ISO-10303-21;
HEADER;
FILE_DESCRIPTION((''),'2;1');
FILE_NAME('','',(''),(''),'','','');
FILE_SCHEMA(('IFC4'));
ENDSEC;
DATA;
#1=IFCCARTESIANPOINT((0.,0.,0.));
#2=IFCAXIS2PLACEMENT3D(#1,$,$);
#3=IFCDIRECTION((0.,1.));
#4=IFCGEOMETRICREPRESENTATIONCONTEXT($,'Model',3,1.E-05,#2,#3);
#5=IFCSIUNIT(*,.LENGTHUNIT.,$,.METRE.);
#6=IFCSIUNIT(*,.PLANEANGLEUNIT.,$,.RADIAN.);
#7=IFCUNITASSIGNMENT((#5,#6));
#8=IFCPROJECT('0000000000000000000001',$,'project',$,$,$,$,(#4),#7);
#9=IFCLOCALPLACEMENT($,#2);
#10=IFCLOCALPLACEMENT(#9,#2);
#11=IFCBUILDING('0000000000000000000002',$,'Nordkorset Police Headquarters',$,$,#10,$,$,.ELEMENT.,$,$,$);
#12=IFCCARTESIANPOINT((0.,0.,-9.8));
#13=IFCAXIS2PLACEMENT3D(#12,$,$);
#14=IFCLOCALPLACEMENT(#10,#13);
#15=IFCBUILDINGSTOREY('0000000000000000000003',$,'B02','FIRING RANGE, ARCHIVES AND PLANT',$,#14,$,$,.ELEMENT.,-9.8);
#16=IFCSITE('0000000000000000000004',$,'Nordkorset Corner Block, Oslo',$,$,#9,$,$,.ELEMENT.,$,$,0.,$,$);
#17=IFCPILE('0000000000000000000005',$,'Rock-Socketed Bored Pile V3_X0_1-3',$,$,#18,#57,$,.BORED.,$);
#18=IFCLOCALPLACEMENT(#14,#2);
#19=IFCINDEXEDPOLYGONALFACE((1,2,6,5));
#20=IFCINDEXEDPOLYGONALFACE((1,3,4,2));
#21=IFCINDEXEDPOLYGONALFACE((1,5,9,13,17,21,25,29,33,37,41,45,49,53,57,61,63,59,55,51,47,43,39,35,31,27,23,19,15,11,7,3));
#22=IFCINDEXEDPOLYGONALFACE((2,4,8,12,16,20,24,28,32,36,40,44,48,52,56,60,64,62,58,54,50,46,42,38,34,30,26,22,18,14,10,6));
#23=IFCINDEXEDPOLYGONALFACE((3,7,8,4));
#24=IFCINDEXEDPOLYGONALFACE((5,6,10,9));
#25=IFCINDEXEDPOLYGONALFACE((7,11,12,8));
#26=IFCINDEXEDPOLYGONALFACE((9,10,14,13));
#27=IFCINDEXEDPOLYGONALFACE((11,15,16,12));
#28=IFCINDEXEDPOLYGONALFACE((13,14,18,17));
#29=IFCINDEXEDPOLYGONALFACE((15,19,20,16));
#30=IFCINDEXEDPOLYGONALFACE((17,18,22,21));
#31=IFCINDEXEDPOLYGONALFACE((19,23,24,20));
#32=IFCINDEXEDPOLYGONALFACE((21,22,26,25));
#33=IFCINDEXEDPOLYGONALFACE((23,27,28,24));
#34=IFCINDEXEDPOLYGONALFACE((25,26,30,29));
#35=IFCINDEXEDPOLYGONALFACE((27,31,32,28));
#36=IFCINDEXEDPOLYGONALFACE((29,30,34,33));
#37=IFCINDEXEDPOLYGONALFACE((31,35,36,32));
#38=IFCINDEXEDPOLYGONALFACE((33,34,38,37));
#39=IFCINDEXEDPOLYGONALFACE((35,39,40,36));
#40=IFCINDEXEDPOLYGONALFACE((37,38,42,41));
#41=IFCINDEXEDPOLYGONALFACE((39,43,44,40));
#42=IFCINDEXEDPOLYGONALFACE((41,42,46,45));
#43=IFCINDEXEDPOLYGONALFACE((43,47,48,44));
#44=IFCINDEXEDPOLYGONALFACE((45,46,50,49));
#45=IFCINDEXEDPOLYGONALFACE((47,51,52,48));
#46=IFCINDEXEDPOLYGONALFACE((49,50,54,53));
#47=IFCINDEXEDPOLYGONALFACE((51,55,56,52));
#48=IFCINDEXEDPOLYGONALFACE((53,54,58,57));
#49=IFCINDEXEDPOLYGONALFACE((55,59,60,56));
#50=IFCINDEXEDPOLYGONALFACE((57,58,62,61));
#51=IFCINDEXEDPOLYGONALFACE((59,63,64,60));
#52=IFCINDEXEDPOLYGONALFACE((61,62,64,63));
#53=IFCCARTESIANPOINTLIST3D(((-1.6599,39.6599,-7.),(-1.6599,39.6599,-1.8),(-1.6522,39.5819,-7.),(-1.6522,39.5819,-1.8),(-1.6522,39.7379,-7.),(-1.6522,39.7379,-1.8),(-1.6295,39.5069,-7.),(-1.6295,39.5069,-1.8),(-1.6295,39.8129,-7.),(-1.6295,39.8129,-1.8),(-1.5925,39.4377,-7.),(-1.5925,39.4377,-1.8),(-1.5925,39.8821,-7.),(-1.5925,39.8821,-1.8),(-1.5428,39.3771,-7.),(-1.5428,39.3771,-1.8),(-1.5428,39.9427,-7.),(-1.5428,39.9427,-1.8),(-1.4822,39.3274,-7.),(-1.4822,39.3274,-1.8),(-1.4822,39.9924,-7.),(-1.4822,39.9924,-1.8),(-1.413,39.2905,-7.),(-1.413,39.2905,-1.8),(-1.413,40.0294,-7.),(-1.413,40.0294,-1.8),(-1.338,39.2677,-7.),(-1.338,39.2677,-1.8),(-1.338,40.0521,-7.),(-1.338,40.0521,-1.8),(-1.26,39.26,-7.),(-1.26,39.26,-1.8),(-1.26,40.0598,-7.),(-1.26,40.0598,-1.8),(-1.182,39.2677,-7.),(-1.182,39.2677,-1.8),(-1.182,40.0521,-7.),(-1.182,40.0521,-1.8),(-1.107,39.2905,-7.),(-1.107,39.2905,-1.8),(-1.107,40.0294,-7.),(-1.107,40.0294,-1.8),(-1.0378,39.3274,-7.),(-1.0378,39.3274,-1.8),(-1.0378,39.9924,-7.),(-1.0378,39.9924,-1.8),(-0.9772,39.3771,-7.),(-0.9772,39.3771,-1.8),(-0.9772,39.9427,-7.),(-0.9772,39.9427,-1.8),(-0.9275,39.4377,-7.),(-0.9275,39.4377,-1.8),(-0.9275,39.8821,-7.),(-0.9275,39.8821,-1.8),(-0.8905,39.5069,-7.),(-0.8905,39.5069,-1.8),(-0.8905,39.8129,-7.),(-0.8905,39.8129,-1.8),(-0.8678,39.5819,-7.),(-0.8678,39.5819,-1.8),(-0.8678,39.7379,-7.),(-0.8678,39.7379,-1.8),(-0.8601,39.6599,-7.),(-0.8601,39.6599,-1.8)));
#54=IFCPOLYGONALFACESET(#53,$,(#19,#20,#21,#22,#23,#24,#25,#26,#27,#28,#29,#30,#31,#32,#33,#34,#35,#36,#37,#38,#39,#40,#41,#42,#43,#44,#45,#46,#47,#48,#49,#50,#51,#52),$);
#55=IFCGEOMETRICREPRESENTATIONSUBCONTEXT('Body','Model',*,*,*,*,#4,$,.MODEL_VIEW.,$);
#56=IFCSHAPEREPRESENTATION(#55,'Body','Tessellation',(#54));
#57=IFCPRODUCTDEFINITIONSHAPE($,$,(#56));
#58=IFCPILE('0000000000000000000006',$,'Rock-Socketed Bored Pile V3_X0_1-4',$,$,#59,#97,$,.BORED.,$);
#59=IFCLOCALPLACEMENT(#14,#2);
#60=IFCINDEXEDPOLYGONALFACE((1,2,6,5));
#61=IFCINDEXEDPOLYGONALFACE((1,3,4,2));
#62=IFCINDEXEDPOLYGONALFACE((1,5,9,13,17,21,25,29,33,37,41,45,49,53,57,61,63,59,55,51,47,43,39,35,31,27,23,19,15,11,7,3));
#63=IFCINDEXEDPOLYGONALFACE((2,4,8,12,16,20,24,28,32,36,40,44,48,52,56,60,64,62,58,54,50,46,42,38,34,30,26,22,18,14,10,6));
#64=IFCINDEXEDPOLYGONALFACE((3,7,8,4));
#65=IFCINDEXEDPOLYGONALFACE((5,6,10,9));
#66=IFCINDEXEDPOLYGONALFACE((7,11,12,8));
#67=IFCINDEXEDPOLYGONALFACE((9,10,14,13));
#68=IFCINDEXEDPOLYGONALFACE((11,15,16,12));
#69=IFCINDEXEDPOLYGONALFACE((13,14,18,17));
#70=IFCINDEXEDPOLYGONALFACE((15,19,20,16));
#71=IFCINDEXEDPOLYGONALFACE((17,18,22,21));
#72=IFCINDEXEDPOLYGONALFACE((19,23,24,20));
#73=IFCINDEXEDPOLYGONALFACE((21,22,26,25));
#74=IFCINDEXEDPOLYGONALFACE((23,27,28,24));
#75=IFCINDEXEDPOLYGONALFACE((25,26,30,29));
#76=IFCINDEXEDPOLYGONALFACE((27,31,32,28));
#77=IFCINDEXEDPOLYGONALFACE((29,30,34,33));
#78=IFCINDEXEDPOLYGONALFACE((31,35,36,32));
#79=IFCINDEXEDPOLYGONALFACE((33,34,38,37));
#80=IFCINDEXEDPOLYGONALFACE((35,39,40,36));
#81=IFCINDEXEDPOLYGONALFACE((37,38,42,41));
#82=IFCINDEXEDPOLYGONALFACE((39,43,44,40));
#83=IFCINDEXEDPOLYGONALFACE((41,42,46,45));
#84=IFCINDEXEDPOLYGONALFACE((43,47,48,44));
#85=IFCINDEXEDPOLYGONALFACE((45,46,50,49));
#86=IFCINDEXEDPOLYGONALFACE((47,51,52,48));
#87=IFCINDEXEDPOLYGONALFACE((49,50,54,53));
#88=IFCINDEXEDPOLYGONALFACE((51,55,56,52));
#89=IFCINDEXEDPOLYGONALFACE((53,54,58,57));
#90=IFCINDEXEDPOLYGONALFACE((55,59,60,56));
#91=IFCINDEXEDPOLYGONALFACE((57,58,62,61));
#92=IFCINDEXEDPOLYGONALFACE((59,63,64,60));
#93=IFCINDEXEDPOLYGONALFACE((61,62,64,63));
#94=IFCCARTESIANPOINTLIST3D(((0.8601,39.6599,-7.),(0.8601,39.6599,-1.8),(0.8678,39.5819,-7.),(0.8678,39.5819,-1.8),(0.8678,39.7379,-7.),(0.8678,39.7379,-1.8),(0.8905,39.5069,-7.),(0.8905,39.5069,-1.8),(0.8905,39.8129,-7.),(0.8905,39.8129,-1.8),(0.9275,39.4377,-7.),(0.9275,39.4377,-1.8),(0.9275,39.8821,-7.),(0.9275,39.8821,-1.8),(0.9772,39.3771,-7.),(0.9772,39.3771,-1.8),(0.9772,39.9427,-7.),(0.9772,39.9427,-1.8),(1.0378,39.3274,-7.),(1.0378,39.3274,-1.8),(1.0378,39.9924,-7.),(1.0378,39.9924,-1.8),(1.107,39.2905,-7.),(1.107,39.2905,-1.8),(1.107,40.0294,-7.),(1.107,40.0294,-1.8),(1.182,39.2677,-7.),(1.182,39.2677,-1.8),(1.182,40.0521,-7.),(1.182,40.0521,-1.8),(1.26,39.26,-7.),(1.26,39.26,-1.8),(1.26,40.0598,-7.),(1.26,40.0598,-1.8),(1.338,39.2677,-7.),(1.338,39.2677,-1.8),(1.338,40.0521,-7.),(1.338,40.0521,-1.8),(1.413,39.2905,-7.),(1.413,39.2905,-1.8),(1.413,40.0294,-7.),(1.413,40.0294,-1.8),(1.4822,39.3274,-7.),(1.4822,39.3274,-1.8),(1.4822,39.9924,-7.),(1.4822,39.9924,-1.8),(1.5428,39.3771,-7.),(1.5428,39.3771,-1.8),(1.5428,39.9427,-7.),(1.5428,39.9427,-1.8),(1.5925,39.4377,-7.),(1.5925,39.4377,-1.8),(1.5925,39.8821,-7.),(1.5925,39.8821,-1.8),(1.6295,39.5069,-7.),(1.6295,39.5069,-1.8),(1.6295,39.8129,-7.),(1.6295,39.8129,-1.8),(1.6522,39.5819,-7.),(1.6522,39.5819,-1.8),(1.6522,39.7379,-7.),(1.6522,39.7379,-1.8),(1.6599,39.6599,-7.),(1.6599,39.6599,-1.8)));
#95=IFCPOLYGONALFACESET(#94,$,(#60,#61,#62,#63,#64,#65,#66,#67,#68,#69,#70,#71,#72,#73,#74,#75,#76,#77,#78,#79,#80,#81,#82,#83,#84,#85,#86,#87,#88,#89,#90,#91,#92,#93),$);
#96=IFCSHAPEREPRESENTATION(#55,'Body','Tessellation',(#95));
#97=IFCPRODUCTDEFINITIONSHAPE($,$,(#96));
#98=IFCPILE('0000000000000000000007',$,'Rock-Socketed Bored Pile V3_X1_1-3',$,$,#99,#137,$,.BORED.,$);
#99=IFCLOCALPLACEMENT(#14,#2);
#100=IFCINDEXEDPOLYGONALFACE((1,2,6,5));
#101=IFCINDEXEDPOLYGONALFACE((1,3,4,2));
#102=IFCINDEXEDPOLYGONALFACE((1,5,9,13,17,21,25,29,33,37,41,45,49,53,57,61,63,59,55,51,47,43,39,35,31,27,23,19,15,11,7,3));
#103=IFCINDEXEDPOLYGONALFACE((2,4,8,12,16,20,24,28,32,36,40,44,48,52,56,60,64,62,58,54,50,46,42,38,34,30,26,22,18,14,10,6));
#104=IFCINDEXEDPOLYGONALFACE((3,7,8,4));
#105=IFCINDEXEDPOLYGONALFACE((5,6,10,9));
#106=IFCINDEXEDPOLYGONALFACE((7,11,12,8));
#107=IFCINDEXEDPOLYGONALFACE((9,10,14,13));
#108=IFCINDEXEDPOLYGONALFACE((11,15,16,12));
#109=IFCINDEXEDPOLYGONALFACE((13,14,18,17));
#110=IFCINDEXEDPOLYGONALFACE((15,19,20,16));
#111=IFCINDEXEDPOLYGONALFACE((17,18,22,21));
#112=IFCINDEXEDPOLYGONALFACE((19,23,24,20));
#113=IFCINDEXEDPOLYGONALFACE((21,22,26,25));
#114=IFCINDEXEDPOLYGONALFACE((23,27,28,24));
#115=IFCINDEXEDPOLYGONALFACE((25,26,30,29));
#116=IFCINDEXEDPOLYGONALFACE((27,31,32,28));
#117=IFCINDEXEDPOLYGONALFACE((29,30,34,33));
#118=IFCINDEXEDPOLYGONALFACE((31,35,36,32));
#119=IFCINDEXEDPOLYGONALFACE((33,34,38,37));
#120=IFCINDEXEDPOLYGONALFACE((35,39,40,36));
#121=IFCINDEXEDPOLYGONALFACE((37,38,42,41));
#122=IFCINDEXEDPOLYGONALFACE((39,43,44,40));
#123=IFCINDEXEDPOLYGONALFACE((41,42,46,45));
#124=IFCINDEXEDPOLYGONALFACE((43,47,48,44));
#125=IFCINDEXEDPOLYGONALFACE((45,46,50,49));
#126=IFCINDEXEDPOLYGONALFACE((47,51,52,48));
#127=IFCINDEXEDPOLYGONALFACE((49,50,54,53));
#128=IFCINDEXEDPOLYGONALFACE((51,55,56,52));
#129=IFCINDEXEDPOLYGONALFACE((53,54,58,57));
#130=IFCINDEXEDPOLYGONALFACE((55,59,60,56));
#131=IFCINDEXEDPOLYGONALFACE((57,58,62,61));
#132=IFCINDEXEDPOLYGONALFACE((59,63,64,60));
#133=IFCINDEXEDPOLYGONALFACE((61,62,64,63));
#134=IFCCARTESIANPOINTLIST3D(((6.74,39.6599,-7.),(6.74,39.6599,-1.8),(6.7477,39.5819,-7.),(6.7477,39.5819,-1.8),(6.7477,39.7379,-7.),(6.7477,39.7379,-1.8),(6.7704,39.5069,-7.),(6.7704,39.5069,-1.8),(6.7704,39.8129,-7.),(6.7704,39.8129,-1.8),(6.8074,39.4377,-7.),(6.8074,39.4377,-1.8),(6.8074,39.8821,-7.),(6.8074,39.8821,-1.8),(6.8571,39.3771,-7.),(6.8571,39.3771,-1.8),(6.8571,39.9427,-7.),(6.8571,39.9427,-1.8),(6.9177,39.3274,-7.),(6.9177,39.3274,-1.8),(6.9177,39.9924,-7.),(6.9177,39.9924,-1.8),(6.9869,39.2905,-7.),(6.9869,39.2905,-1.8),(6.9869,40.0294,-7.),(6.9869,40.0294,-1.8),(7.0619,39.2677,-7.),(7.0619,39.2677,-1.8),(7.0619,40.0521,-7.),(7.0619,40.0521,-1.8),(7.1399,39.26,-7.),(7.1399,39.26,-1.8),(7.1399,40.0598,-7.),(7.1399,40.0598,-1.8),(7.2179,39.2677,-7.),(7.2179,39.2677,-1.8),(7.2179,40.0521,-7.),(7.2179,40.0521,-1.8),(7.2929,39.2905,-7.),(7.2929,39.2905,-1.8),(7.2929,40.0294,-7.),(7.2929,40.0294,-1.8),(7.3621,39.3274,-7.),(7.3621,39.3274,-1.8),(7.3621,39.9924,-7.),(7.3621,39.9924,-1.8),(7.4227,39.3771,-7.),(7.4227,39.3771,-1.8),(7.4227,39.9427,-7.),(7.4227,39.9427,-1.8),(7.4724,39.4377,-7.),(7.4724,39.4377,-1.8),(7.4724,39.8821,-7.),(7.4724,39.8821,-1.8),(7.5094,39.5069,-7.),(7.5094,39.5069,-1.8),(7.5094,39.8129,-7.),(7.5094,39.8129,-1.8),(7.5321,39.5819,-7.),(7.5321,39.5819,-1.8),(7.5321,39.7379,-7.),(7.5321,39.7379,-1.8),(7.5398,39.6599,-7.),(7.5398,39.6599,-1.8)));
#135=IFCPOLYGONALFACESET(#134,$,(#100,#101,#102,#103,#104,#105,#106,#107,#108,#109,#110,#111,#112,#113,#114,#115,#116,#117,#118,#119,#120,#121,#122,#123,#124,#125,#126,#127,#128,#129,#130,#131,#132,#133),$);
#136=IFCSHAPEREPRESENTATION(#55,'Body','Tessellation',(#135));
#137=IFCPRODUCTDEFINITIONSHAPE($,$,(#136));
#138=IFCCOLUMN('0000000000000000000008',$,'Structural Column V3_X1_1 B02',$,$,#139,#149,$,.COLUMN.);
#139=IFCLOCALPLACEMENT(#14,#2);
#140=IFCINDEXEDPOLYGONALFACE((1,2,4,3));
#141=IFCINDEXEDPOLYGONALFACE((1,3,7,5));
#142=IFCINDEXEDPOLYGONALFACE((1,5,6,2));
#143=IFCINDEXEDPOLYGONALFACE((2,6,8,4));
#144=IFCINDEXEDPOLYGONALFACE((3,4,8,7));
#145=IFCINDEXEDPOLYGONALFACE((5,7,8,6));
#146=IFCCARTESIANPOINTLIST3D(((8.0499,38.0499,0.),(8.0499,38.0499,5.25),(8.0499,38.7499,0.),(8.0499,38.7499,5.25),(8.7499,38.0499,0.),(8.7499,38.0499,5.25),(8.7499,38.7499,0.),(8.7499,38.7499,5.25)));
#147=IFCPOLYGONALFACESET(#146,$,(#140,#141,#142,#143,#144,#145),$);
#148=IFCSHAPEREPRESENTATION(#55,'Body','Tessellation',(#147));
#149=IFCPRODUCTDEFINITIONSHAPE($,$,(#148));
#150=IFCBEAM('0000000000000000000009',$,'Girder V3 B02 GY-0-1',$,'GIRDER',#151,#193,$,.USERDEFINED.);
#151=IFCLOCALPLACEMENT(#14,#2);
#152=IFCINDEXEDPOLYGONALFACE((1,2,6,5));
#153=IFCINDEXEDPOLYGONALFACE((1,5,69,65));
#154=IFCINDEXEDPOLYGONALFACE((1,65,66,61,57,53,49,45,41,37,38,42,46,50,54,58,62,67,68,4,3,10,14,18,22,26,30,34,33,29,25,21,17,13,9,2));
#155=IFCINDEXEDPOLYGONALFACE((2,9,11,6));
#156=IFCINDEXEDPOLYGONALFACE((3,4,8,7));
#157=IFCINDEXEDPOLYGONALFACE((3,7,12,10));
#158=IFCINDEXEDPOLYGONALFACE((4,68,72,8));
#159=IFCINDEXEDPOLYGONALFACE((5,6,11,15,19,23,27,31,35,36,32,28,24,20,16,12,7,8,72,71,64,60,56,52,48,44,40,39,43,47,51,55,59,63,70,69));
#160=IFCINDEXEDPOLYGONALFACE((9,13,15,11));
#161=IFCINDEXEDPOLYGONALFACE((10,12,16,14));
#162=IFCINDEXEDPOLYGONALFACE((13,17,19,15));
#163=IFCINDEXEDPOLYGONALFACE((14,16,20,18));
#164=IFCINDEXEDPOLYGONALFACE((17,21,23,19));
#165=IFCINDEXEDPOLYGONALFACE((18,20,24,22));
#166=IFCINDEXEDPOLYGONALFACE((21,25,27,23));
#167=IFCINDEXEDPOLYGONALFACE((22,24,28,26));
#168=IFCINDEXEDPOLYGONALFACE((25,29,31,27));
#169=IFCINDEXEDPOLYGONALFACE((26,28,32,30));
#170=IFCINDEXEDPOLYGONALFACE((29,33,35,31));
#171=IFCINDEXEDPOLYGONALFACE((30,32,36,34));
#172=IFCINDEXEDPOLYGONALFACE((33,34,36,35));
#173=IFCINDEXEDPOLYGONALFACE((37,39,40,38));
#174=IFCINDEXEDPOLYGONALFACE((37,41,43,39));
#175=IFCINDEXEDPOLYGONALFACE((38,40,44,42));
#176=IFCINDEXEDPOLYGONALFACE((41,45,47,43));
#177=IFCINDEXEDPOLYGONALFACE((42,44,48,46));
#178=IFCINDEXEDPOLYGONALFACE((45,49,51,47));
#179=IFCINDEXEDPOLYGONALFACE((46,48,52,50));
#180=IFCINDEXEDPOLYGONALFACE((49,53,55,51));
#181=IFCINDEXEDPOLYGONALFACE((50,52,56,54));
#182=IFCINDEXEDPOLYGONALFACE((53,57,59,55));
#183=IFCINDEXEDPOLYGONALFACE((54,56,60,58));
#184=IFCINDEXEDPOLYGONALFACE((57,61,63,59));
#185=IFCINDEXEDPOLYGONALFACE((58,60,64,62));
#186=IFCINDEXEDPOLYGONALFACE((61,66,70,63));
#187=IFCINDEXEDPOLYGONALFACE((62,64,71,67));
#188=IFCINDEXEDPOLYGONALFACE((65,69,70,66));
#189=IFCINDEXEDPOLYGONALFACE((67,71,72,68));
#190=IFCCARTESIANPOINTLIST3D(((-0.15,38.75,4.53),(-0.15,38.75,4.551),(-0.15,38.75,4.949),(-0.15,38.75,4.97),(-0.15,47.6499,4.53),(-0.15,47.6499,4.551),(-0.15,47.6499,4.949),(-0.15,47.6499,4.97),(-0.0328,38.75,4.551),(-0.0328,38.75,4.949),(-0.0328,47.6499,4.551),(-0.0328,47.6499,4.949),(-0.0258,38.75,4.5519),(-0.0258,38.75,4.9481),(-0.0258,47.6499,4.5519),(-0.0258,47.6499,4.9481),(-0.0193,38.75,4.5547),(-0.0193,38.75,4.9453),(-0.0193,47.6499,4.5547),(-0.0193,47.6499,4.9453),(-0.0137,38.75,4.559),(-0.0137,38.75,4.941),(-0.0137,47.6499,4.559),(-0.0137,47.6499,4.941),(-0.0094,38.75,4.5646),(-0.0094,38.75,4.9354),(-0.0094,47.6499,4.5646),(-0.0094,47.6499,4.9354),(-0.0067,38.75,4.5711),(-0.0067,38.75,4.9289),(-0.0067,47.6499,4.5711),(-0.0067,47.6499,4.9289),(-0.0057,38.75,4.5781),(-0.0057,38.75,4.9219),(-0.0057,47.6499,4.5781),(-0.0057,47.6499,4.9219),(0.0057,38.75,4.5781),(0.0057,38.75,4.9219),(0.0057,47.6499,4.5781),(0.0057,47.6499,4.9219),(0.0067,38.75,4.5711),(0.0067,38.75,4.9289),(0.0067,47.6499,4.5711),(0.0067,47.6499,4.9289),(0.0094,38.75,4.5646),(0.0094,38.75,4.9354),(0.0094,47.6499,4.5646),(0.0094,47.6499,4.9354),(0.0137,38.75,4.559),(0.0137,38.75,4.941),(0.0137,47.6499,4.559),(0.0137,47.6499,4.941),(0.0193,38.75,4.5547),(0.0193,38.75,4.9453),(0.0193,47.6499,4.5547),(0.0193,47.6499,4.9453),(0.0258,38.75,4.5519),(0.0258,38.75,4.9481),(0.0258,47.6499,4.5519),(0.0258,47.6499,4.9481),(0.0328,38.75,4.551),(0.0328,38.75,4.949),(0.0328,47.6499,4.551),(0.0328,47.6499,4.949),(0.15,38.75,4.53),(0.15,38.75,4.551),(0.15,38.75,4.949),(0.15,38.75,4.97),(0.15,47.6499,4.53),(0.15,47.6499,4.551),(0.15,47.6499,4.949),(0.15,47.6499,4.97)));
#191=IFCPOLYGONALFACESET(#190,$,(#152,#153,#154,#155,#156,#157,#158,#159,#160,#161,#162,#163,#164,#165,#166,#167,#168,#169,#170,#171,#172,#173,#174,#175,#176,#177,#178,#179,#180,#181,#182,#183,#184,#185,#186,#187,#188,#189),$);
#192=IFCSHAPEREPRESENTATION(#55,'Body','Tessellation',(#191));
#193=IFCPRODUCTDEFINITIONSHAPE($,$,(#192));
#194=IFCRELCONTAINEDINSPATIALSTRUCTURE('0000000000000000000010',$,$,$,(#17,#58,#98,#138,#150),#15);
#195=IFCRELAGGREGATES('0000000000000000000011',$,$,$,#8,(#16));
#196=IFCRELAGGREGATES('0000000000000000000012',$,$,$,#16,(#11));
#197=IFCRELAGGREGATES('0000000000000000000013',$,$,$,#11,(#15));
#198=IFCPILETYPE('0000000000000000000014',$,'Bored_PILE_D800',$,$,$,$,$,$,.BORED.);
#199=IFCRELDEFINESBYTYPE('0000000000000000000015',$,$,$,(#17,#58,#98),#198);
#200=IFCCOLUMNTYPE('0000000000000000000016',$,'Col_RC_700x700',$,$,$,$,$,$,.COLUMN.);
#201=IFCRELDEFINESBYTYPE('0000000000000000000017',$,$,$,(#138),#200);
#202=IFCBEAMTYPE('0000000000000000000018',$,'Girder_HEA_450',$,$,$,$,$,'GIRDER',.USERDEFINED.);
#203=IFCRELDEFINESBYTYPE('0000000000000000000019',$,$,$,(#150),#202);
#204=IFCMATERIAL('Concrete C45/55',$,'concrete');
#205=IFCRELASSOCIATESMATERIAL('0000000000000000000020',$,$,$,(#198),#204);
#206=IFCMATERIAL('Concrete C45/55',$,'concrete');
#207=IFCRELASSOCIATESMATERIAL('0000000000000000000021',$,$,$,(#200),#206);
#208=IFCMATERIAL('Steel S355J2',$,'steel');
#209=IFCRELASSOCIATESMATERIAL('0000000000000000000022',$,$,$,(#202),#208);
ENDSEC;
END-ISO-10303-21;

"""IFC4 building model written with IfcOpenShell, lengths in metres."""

from ifc_helpers import new_model, si_unit, direction, frame, origin, origin_2d, place, context, subcontext, project, spatial, rectangle, circle, i_section, extrude, material, material_profile, profile_set, type_object, element, save


model = new_model("IFC4")

# Units and contexts
model_context = context("Model", 3, precision=1e-05, world=origin(), true_north=direction((0.0, 1.0)))
body_context = subcontext(model_context, "Body", "Model", "MODEL_VIEW")
ifc_project = project(units=[si_unit("LENGTHUNIT", "METRE"), si_unit("PLANEANGLEUNIT", "RADIAN")], contexts=[model_context])

# Site, building, storey
site_placement = place(None, origin())
site = spatial("IfcSite", under=ifc_project, at=site_placement, Name="Nordkorset Corner Block, Oslo", CompositionType="ELEMENT", RefElevation=0.0)
building_placement = place(site_placement, origin())
building = spatial("IfcBuilding", under=site, at=building_placement, Name="Nordkorset Police Headquarters", CompositionType="ELEMENT")
storey_placement = place(building_placement, frame((0.0, 0.0, -9.8)))
storey = spatial("IfcBuildingStorey", under=building, at=storey_placement, Name="B02", Description="FIRING RANGE, ARCHIVES AND PLANT", CompositionType="ELEMENT", Elevation=-9.8)

# Piles
ifc_material_1 = material(Name="Concrete C45/55", Category="concrete")
ifc_material_profile_1 = material_profile(ifc_material_1, circle(Radius=0.3999, at=origin_2d()), Name="PILE D800")
ifc_profile_set_1 = profile_set([ifc_material_profile_1], Name="Concrete C45/55")
pile_type = type_object("IfcPileType", Name="Bored_PILE_D800", PredefinedType="BORED", material=ifc_profile_set_1)
for number, where, z_axis, x_axis, name in (
    (1, (-1.26, 39.6599, -1.8), (0.0, 0.0, -1.0), (1.0, 0.0, 0.0), "Rock-Socketed Bored Pile V3_X0_1-3"),
    (2, (1.26, 39.6599, -1.8), (0.0, 0.0, -1.0), (1.0, 0.0, 0.0), "Rock-Socketed Bored Pile V3_X0_1-4"),
    (3, (7.1399, 39.6599, -1.8), (0.0, 0.0, -1.0), (1.0, 0.0, 0.0), "Rock-Socketed Bored Pile V3_X1_1-3"),
):
    element("IfcPile", number, at=place(storey_placement, frame(where, z_axis=z_axis, x_axis=x_axis)), inside=storey, type_object=pile_type, Name=name, PredefinedType="BORED", context=body_context, shape_type="SweptSolid", body=[
        extrude(circle(Radius=0.3999, at=origin_2d()), origin(), (0.0, 0.0, 1.0), 5.2),
    ])

# Column
ifc_material_2 = material(Name="Concrete C45/55", Category="concrete")
ifc_material_profile_2 = material_profile(ifc_material_2, rectangle(XDim=0.7, YDim=0.7, at=origin_2d()), Name="RC 700x700")
ifc_profile_set_2 = profile_set([ifc_material_profile_2], Name="Concrete C45/55")
column_type = type_object("IfcColumnType", Name="Col_RC_700x700", PredefinedType="COLUMN", material=ifc_profile_set_2)
column_placement = place(storey_placement, frame((8.3999, 38.3999, 0.0), z_axis=(0.0, 0.0, 1.0), x_axis=(1.0, 0.0, 0.0)))
element("IfcColumn", 4, at=column_placement, inside=storey, type_object=column_type, Name="Structural Column V3_X1_1 B02", PredefinedType="COLUMN", context=body_context, shape_type="SweptSolid", body=[
    extrude(rectangle(XDim=0.7, YDim=0.7, at=origin_2d()), origin(), (0.0, 0.0, 1.0), 5.25),
])

# Beam
ifc_material_3 = material(Name="Steel S355J2", Category="steel")
ifc_material_profile_3 = material_profile(ifc_material_3, i_section(OverallWidth=0.3, OverallDepth=0.4399, WebThickness=0.0115, FlangeThickness=0.021, FilletRadius=0.0271, at=origin_2d()), Name="HEA 450")
ifc_profile_set_3 = profile_set([ifc_material_profile_3], Name="Steel S355J2")
beam_type = type_object("IfcBeamType", Name="Girder_HEA_450", ElementType="GIRDER", PredefinedType="USERDEFINED", material=ifc_profile_set_3)
beam_placement = place(storey_placement, frame((0.0, 38.75, 4.75), z_axis=(0.0, 1.0, 0.0), x_axis=(-1.0, 0.0, 0.0)))
element("IfcBeam", 5, at=beam_placement, inside=storey, type_object=beam_type, Name="Girder V3 B02 GY-0-1", ObjectType="GIRDER", PredefinedType="USERDEFINED", context=body_context, shape_type="SweptSolid", body=[
    extrude(i_section(OverallWidth=0.3, OverallDepth=0.4399, WebThickness=0.0115, FlangeThickness=0.021, FilletRadius=0.0271, at=origin_2d()), origin(), (0.0, 0.0, 1.0), 8.8999),
])

save(model, "model.ifc")
